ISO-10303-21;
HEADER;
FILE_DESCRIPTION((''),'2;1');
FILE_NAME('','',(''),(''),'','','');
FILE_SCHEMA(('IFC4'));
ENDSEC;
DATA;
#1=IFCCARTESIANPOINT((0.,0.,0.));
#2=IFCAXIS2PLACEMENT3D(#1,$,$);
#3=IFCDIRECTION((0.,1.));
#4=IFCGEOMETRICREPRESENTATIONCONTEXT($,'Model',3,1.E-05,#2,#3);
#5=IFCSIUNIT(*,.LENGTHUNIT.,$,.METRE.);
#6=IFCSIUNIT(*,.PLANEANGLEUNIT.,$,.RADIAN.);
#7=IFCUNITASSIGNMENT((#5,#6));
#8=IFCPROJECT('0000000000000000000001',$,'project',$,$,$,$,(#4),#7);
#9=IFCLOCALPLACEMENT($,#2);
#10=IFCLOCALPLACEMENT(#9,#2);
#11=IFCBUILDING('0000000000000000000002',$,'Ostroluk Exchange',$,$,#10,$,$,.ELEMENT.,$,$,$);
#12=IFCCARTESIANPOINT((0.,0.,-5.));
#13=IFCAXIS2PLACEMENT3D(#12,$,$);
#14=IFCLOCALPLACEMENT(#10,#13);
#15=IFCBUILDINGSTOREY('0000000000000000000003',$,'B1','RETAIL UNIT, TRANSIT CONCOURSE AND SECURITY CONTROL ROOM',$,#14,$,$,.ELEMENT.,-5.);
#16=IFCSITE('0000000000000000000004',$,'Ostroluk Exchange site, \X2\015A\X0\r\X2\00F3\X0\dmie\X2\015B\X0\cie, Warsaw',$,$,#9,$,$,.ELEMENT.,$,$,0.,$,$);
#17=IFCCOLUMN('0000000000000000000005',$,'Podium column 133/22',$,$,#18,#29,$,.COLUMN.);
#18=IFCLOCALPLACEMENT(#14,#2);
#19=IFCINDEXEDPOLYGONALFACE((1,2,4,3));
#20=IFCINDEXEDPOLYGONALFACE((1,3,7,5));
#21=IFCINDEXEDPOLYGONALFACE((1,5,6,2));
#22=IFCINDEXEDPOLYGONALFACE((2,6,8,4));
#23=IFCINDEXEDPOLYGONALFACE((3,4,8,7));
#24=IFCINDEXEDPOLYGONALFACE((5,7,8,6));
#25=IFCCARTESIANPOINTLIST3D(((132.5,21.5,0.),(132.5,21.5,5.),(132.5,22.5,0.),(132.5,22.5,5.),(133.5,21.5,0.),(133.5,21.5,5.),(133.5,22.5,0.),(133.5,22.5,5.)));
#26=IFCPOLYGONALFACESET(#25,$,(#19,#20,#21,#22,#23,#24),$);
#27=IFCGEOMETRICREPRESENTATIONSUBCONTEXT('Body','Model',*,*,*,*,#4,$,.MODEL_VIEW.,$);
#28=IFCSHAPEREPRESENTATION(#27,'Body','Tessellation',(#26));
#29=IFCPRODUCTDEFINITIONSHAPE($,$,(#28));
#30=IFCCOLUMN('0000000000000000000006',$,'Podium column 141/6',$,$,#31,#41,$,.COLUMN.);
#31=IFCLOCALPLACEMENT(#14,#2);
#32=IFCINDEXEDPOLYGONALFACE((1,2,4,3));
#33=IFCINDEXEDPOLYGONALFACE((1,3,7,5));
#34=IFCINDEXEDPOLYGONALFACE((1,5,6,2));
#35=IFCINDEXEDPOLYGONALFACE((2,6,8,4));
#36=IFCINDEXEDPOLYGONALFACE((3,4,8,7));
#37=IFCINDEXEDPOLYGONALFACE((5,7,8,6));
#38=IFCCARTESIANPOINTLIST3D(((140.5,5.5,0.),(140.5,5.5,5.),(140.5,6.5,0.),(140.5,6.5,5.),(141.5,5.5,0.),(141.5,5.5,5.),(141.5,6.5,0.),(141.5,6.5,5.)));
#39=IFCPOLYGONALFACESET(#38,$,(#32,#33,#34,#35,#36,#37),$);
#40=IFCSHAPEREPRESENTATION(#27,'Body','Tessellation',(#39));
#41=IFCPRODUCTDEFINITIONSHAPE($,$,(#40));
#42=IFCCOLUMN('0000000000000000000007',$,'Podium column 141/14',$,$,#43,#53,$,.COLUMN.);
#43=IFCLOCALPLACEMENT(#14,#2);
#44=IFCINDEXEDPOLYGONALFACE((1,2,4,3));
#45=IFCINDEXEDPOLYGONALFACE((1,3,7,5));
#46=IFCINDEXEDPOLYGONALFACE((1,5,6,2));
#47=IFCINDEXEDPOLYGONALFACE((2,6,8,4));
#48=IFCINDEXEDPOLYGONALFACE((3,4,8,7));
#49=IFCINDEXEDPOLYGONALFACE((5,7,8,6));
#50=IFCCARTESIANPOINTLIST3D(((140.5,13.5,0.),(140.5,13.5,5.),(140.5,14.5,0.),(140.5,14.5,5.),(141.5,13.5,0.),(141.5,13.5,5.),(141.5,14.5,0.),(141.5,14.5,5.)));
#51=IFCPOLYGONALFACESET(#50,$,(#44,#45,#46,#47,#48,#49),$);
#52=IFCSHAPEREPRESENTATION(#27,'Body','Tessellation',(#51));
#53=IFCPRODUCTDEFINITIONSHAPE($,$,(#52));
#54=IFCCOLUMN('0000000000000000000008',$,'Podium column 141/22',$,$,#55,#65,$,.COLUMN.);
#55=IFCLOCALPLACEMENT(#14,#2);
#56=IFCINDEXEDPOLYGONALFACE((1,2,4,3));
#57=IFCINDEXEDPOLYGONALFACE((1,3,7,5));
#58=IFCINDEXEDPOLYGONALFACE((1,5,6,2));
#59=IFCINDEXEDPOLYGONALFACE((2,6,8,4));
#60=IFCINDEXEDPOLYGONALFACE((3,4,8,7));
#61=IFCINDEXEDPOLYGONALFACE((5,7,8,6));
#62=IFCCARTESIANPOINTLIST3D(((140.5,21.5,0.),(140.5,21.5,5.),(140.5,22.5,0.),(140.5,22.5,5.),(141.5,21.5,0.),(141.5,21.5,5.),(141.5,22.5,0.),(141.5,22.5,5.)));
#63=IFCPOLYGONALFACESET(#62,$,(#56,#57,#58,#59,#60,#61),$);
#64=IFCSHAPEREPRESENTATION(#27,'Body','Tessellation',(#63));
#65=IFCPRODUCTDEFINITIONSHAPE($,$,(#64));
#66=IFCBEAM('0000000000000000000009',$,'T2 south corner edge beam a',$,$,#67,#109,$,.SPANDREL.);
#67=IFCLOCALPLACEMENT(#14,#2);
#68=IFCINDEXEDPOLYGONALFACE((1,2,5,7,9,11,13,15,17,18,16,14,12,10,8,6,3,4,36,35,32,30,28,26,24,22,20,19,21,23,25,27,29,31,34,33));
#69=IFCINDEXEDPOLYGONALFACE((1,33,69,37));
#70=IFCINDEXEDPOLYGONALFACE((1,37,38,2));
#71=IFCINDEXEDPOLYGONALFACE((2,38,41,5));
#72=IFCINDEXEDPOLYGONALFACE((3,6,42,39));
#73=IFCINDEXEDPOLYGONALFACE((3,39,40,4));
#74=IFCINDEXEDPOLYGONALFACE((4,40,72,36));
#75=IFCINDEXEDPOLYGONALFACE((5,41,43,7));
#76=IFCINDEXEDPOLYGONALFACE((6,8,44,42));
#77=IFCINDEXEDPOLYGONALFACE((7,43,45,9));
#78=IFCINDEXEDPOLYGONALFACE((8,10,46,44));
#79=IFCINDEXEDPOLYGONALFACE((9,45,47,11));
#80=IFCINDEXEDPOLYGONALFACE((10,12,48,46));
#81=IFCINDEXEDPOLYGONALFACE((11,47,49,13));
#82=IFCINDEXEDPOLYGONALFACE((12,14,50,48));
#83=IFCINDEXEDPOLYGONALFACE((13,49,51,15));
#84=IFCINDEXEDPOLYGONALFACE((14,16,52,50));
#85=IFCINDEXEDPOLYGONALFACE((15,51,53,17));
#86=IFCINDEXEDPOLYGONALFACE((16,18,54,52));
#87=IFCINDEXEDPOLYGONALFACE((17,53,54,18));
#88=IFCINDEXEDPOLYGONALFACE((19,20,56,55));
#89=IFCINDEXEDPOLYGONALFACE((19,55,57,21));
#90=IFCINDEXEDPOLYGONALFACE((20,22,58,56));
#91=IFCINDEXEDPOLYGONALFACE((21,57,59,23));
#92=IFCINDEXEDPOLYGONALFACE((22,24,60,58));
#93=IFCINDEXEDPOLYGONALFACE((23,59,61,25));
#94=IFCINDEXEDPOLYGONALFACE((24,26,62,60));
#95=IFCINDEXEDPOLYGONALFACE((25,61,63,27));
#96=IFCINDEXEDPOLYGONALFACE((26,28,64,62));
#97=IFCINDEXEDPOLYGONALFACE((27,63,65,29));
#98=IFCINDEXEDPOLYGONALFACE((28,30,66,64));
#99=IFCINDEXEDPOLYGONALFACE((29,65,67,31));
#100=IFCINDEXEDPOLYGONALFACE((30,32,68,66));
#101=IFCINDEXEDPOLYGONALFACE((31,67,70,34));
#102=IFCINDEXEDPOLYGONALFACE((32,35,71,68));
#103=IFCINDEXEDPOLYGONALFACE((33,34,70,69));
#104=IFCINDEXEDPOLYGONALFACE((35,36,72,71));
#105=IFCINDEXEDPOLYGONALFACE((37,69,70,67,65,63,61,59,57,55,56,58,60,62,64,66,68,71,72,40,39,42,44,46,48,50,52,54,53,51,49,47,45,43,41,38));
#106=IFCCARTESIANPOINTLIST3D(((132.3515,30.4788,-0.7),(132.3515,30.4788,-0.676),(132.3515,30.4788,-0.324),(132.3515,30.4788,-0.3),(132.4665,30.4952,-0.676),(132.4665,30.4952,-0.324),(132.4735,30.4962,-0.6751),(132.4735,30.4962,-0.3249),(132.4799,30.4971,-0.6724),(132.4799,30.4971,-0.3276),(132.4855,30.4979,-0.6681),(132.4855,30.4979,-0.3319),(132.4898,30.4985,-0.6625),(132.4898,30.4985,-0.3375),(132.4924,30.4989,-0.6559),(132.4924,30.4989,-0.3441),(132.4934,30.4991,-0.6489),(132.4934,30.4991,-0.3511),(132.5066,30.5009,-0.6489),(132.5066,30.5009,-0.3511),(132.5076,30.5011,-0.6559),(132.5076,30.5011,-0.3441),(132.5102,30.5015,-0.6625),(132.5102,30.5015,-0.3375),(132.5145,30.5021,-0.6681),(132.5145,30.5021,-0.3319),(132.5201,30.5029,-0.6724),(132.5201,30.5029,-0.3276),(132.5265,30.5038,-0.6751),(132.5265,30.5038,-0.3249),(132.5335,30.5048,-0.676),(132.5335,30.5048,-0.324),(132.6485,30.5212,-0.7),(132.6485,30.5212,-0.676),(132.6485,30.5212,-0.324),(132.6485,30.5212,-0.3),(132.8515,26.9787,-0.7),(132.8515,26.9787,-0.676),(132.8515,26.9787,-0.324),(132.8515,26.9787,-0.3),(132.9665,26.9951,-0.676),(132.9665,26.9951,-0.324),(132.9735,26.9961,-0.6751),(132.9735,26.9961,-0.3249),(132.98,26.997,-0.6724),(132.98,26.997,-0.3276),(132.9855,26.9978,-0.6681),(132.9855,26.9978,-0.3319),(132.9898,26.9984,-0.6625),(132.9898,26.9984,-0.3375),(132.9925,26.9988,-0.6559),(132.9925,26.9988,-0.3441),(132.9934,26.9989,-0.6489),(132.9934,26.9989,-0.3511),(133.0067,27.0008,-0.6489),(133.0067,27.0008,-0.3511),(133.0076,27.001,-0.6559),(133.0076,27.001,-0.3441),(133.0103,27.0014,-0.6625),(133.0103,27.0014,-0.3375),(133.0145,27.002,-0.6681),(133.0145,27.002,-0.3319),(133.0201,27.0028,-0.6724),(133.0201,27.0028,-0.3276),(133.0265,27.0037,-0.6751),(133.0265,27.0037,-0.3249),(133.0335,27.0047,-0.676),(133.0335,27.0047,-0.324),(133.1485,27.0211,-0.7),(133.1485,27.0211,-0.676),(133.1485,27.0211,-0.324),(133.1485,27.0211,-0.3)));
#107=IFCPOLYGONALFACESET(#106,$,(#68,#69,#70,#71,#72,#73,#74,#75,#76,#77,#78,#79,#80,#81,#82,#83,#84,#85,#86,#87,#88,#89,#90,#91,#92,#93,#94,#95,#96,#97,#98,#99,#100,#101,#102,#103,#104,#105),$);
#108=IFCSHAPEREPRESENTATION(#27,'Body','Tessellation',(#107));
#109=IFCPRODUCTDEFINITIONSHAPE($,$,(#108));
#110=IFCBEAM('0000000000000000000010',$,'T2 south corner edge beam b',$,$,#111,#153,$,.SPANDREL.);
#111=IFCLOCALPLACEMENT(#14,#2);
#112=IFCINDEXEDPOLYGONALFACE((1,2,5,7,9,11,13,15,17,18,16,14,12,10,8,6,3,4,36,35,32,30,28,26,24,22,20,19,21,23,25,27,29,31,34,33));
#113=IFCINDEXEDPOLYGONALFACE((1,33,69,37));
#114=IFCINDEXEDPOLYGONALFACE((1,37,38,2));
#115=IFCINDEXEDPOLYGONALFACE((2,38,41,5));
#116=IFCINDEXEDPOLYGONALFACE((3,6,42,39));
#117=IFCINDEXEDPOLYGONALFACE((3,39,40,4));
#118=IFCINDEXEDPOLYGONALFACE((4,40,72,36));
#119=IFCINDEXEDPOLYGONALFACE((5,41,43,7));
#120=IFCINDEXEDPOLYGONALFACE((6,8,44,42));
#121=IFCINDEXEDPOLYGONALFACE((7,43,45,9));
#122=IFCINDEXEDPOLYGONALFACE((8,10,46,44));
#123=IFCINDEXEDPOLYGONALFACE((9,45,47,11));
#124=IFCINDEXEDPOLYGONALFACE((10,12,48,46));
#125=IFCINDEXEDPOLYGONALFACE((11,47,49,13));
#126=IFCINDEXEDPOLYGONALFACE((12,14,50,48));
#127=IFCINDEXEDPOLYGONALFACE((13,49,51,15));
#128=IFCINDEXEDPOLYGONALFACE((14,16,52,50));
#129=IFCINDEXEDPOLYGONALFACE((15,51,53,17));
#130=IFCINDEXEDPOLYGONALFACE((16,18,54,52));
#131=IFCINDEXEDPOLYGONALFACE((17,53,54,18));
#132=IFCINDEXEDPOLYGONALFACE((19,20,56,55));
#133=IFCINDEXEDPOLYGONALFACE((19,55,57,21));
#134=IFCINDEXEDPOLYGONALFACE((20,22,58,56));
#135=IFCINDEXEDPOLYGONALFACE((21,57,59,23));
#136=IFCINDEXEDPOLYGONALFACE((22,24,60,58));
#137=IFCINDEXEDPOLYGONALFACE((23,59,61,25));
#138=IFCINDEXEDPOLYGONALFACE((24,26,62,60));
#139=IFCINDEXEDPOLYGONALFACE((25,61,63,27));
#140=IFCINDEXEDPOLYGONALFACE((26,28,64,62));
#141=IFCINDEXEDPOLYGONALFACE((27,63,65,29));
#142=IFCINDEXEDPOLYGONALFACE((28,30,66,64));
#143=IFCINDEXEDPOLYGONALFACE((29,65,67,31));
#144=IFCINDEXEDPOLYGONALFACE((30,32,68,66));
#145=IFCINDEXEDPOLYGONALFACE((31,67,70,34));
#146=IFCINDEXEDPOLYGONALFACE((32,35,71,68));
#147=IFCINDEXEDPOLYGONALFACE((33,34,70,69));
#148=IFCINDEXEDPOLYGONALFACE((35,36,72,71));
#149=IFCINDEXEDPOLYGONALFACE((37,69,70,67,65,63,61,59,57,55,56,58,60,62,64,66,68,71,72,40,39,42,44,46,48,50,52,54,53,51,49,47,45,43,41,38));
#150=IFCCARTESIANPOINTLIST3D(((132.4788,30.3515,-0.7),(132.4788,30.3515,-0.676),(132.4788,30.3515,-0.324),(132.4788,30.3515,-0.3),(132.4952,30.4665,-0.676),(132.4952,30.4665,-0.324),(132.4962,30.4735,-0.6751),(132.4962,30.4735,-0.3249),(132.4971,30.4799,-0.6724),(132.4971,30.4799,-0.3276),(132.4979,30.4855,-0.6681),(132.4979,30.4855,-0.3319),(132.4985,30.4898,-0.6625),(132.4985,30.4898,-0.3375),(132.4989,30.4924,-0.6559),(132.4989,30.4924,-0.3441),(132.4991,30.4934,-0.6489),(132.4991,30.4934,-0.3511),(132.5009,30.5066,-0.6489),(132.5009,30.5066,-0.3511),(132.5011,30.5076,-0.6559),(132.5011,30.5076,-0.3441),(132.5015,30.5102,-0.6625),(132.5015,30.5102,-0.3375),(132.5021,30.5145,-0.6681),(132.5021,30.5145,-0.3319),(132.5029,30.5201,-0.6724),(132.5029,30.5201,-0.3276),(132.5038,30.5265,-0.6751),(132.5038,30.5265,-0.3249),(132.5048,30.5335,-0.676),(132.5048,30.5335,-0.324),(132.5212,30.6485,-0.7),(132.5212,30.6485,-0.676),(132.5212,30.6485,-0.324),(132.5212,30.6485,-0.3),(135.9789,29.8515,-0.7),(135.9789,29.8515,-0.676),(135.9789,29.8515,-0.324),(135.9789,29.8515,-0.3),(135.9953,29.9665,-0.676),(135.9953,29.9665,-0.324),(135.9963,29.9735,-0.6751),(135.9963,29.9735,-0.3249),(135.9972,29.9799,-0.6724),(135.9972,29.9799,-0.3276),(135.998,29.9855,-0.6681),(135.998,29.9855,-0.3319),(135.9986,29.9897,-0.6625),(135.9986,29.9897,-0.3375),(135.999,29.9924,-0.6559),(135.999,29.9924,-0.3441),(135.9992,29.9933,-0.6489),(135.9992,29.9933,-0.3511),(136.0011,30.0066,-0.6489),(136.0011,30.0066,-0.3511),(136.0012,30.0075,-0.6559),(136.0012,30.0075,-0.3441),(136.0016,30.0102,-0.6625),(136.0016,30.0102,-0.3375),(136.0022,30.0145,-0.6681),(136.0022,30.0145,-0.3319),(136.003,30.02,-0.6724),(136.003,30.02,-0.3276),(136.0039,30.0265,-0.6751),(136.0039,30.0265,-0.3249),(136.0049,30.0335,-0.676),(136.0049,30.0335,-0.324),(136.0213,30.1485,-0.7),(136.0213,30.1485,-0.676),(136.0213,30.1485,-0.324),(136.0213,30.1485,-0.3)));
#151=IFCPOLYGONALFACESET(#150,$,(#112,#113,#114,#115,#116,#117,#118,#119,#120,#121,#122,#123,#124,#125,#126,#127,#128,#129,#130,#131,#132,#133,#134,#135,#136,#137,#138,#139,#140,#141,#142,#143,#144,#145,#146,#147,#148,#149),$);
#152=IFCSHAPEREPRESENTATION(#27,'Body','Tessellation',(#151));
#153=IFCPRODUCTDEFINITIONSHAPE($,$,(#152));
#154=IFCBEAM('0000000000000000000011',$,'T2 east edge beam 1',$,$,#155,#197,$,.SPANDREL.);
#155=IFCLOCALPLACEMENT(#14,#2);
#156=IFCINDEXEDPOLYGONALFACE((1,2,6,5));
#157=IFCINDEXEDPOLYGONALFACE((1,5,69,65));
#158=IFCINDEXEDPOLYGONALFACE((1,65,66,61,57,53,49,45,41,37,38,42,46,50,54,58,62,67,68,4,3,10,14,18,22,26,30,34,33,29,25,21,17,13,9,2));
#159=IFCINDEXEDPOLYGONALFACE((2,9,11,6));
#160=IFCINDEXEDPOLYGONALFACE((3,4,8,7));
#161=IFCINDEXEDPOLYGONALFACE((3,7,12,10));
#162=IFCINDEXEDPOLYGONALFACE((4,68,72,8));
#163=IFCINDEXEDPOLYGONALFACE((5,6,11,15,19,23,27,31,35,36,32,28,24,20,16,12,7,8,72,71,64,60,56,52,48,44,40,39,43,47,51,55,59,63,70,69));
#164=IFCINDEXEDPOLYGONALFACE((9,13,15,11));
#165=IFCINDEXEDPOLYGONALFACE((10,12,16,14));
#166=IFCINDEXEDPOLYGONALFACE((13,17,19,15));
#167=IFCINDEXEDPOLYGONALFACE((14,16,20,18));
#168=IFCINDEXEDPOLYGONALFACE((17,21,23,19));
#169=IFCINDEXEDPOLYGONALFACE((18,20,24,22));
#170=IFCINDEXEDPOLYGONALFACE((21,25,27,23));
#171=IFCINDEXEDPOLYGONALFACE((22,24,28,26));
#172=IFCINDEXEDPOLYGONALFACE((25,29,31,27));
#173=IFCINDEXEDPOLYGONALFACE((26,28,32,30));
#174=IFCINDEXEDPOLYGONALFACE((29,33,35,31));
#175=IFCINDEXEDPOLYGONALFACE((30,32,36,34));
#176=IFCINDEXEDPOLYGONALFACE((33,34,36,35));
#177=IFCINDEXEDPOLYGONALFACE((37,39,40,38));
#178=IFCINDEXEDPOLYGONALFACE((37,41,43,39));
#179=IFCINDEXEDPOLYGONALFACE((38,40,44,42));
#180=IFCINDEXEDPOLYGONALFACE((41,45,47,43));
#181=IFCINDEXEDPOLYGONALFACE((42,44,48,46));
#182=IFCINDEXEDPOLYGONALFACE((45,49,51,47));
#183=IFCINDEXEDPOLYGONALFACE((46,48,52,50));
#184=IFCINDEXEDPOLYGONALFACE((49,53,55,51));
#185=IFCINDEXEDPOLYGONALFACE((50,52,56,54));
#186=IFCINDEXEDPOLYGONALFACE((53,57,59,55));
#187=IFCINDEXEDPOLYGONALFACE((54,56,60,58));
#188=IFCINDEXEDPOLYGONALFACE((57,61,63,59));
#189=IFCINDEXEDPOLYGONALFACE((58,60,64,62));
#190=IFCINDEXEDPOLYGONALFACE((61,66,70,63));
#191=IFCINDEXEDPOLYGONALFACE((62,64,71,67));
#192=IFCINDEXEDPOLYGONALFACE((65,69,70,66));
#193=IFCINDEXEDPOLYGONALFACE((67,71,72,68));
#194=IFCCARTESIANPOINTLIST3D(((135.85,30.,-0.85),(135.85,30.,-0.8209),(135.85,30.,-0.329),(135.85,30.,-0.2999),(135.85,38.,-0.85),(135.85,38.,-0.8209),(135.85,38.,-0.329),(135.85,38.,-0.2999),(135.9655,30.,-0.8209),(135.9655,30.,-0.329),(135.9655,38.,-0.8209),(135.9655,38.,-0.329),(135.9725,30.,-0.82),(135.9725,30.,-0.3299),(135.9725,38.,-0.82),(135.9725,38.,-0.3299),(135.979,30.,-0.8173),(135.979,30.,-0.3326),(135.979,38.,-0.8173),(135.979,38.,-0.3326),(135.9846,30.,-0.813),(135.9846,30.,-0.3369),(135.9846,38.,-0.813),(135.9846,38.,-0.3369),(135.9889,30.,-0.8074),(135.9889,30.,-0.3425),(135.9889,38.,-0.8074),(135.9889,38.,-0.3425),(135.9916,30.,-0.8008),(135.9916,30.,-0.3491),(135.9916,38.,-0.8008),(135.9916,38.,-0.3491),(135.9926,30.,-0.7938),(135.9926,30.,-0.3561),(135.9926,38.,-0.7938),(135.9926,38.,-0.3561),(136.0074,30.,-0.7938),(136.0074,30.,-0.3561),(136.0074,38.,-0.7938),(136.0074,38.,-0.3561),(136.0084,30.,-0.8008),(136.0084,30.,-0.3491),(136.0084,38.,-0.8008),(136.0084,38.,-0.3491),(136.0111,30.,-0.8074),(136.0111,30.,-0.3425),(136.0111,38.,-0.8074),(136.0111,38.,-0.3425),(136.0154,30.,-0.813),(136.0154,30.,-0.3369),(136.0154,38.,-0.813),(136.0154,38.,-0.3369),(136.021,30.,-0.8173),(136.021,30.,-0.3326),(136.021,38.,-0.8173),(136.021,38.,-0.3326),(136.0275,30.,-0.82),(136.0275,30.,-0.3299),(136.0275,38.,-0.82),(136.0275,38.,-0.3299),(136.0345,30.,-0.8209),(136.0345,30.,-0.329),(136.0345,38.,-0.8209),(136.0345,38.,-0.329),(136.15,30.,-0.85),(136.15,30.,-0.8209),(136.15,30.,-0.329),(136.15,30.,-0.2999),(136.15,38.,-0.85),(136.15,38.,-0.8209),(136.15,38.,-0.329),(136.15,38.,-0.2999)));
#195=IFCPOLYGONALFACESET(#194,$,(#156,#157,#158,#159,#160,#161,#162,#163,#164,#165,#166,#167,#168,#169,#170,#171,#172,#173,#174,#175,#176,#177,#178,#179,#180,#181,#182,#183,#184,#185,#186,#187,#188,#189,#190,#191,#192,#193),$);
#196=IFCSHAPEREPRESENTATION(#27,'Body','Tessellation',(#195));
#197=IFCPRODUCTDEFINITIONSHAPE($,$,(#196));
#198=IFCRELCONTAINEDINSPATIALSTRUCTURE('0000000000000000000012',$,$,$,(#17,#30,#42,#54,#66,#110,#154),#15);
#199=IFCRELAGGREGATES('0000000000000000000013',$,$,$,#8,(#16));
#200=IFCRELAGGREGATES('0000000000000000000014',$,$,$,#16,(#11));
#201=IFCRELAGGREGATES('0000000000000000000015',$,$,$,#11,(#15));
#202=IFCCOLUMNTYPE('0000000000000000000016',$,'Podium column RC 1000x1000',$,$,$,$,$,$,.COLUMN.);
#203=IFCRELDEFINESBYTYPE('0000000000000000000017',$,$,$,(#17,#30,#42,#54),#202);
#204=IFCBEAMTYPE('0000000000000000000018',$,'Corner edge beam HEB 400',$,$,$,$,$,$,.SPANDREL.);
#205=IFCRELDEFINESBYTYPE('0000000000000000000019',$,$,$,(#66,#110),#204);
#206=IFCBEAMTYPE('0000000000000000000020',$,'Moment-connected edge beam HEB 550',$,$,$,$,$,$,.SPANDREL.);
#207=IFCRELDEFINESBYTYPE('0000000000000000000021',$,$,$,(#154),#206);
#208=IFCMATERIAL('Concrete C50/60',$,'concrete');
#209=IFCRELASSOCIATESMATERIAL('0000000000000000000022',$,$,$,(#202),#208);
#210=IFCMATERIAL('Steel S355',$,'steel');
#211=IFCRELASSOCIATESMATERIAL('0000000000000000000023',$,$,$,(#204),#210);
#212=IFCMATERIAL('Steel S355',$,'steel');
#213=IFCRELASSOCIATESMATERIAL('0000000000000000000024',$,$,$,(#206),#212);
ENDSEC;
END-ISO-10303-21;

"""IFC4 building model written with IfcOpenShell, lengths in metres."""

from ifc_helpers import new_model, si_unit, direction, frame, origin, origin_2d, place, context, subcontext, project, spatial, rectangle, i_section, extrude, material, material_profile, profile_set, type_object, element, save


model = new_model("IFC4")

# Units and contexts
model_context = context("Model", 3, precision=1e-05, world=origin(), true_north=direction((0.0, 1.0)))
body_context = subcontext(model_context, "Body", "Model", "MODEL_VIEW")
ifc_project = project(units=[si_unit("LENGTHUNIT", "METRE"), si_unit("PLANEANGLEUNIT", "RADIAN")], contexts=[model_context])

# Site, building, storey
site_placement = place(None, origin())
site = spatial("IfcSite", under=ifc_project, at=site_placement, Name="Ostroluk Exchange site, Śródmieście, Warsaw", CompositionType="ELEMENT", RefElevation=0.0)
building_placement = place(site_placement, origin())
building = spatial("IfcBuilding", under=site, at=building_placement, Name="Ostroluk Exchange", CompositionType="ELEMENT")
storey_placement = place(building_placement, frame((0.0, 0.0, -5.0)))
storey = spatial("IfcBuildingStorey", under=building, at=storey_placement, Name="B1", Description="RETAIL UNIT, TRANSIT CONCOURSE AND SECURITY CONTROL ROOM", CompositionType="ELEMENT", Elevation=-5.0)

# Columns
ifc_material_1 = material(Name="Concrete C50/60", Category="concrete")
ifc_material_profile_1 = material_profile(ifc_material_1, rectangle(XDim=1.0, YDim=1.0, at=origin_2d()), Name="RC 1000x1000")
ifc_profile_set_1 = profile_set([ifc_material_profile_1], Name="Concrete C50/60")
column_type_1 = type_object("IfcColumnType", Name="Podium column RC 1000x1000", PredefinedType="COLUMN", material=ifc_profile_set_1)
for number, where, z_axis, x_axis, name in (
    (1, (133.0, 22.0, 0.0), (0.0, 0.0, 1.0), (1.0, 0.0, 0.0), "Podium column 133/22"),
    (2, (141.0, 6.0, 0.0), (0.0, 0.0, 1.0), (1.0, 0.0, 0.0), "Podium column 141/6"),
    (3, (141.0, 14.0, 0.0), (0.0, 0.0, 1.0), (1.0, 0.0, 0.0), "Podium column 141/14"),
    (4, (141.0, 22.0, 0.0), (0.0, 0.0, 1.0), (1.0, 0.0, 0.0), "Podium column 141/22"),
):
    element("IfcColumn", number, at=place(storey_placement, frame(where, z_axis=z_axis, x_axis=x_axis)), inside=storey, type_object=column_type_1, Name=name, PredefinedType="COLUMN", context=body_context, shape_type="SweptSolid", body=[
        extrude(rectangle(XDim=1.0, YDim=1.0, at=origin_2d()), origin(), (0.0, 0.0, 1.0), 5.0),
    ])

# Beams
ifc_material_2 = material(Name="Steel S355", Category="steel")
ifc_material_profile_2 = material_profile(ifc_material_2, i_section(OverallWidth=0.3, OverallDepth=0.3999, WebThickness=0.0134, FlangeThickness=0.0239, FilletRadius=0.0271, at=origin_2d()), Name="HEB 400")
ifc_profile_set_2 = profile_set([ifc_material_profile_2], Name="Steel S355")
beam_type_1 = type_object("IfcBeamType", Name="Corner edge beam HEB 400", PredefinedType="SPANDREL", material=ifc_profile_set_2)
for number, where, z_axis, x_axis, name in (
    (5, (132.5, 30.5, -0.5), (0.141421, -0.989949, 0.0), (0.989949, 0.141421, 0.0), "T2 south corner edge beam a"),
    (6, (132.5, 30.5, -0.5), (0.989949, -0.141421, 0.0), (0.141421, 0.989949, 0.0), "T2 south corner edge beam b"),
):
    element("IfcBeam", number, at=place(storey_placement, frame(where, z_axis=z_axis, x_axis=x_axis)), inside=storey, type_object=beam_type_1, Name=name, PredefinedType="SPANDREL", context=body_context, shape_type="SweptSolid", body=[
        extrude(i_section(OverallWidth=0.3, OverallDepth=0.3999, WebThickness=0.0134, FlangeThickness=0.0239, FilletRadius=0.0271, at=origin_2d()), origin(), (0.0, 0.0, 1.0), 3.5356),
    ])
ifc_material_3 = material(Name="Steel S355", Category="steel")
ifc_material_profile_3 = material_profile(ifc_material_3, i_section(OverallWidth=0.3, OverallDepth=0.55, WebThickness=0.0149, FlangeThickness=0.0291, FilletRadius=0.0271, at=origin_2d()), Name="HEB 550")
ifc_profile_set_3 = profile_set([ifc_material_profile_3], Name="Steel S355")
beam_type_2 = type_object("IfcBeamType", Name="Moment-connected edge beam HEB 550", PredefinedType="SPANDREL", material=ifc_profile_set_3)
for number, where, z_axis, x_axis, name in (
    (7, (136.0, 30.0, -0.575), (0.0, 1.0, 0.0), (-1.0, 0.0, 0.0), "T2 east edge beam 1"),
):
    element("IfcBeam", number, at=place(storey_placement, frame(where, z_axis=z_axis, x_axis=x_axis)), inside=storey, type_object=beam_type_2, Name=name, PredefinedType="SPANDREL", context=body_context, shape_type="SweptSolid", body=[
        extrude(i_section(OverallWidth=0.3, OverallDepth=0.55, WebThickness=0.0149, FlangeThickness=0.0291, FilletRadius=0.0271, at=origin_2d()), origin(), (0.0, 0.0, 1.0), 8.0),
    ])

save(model, "model.ifc")
